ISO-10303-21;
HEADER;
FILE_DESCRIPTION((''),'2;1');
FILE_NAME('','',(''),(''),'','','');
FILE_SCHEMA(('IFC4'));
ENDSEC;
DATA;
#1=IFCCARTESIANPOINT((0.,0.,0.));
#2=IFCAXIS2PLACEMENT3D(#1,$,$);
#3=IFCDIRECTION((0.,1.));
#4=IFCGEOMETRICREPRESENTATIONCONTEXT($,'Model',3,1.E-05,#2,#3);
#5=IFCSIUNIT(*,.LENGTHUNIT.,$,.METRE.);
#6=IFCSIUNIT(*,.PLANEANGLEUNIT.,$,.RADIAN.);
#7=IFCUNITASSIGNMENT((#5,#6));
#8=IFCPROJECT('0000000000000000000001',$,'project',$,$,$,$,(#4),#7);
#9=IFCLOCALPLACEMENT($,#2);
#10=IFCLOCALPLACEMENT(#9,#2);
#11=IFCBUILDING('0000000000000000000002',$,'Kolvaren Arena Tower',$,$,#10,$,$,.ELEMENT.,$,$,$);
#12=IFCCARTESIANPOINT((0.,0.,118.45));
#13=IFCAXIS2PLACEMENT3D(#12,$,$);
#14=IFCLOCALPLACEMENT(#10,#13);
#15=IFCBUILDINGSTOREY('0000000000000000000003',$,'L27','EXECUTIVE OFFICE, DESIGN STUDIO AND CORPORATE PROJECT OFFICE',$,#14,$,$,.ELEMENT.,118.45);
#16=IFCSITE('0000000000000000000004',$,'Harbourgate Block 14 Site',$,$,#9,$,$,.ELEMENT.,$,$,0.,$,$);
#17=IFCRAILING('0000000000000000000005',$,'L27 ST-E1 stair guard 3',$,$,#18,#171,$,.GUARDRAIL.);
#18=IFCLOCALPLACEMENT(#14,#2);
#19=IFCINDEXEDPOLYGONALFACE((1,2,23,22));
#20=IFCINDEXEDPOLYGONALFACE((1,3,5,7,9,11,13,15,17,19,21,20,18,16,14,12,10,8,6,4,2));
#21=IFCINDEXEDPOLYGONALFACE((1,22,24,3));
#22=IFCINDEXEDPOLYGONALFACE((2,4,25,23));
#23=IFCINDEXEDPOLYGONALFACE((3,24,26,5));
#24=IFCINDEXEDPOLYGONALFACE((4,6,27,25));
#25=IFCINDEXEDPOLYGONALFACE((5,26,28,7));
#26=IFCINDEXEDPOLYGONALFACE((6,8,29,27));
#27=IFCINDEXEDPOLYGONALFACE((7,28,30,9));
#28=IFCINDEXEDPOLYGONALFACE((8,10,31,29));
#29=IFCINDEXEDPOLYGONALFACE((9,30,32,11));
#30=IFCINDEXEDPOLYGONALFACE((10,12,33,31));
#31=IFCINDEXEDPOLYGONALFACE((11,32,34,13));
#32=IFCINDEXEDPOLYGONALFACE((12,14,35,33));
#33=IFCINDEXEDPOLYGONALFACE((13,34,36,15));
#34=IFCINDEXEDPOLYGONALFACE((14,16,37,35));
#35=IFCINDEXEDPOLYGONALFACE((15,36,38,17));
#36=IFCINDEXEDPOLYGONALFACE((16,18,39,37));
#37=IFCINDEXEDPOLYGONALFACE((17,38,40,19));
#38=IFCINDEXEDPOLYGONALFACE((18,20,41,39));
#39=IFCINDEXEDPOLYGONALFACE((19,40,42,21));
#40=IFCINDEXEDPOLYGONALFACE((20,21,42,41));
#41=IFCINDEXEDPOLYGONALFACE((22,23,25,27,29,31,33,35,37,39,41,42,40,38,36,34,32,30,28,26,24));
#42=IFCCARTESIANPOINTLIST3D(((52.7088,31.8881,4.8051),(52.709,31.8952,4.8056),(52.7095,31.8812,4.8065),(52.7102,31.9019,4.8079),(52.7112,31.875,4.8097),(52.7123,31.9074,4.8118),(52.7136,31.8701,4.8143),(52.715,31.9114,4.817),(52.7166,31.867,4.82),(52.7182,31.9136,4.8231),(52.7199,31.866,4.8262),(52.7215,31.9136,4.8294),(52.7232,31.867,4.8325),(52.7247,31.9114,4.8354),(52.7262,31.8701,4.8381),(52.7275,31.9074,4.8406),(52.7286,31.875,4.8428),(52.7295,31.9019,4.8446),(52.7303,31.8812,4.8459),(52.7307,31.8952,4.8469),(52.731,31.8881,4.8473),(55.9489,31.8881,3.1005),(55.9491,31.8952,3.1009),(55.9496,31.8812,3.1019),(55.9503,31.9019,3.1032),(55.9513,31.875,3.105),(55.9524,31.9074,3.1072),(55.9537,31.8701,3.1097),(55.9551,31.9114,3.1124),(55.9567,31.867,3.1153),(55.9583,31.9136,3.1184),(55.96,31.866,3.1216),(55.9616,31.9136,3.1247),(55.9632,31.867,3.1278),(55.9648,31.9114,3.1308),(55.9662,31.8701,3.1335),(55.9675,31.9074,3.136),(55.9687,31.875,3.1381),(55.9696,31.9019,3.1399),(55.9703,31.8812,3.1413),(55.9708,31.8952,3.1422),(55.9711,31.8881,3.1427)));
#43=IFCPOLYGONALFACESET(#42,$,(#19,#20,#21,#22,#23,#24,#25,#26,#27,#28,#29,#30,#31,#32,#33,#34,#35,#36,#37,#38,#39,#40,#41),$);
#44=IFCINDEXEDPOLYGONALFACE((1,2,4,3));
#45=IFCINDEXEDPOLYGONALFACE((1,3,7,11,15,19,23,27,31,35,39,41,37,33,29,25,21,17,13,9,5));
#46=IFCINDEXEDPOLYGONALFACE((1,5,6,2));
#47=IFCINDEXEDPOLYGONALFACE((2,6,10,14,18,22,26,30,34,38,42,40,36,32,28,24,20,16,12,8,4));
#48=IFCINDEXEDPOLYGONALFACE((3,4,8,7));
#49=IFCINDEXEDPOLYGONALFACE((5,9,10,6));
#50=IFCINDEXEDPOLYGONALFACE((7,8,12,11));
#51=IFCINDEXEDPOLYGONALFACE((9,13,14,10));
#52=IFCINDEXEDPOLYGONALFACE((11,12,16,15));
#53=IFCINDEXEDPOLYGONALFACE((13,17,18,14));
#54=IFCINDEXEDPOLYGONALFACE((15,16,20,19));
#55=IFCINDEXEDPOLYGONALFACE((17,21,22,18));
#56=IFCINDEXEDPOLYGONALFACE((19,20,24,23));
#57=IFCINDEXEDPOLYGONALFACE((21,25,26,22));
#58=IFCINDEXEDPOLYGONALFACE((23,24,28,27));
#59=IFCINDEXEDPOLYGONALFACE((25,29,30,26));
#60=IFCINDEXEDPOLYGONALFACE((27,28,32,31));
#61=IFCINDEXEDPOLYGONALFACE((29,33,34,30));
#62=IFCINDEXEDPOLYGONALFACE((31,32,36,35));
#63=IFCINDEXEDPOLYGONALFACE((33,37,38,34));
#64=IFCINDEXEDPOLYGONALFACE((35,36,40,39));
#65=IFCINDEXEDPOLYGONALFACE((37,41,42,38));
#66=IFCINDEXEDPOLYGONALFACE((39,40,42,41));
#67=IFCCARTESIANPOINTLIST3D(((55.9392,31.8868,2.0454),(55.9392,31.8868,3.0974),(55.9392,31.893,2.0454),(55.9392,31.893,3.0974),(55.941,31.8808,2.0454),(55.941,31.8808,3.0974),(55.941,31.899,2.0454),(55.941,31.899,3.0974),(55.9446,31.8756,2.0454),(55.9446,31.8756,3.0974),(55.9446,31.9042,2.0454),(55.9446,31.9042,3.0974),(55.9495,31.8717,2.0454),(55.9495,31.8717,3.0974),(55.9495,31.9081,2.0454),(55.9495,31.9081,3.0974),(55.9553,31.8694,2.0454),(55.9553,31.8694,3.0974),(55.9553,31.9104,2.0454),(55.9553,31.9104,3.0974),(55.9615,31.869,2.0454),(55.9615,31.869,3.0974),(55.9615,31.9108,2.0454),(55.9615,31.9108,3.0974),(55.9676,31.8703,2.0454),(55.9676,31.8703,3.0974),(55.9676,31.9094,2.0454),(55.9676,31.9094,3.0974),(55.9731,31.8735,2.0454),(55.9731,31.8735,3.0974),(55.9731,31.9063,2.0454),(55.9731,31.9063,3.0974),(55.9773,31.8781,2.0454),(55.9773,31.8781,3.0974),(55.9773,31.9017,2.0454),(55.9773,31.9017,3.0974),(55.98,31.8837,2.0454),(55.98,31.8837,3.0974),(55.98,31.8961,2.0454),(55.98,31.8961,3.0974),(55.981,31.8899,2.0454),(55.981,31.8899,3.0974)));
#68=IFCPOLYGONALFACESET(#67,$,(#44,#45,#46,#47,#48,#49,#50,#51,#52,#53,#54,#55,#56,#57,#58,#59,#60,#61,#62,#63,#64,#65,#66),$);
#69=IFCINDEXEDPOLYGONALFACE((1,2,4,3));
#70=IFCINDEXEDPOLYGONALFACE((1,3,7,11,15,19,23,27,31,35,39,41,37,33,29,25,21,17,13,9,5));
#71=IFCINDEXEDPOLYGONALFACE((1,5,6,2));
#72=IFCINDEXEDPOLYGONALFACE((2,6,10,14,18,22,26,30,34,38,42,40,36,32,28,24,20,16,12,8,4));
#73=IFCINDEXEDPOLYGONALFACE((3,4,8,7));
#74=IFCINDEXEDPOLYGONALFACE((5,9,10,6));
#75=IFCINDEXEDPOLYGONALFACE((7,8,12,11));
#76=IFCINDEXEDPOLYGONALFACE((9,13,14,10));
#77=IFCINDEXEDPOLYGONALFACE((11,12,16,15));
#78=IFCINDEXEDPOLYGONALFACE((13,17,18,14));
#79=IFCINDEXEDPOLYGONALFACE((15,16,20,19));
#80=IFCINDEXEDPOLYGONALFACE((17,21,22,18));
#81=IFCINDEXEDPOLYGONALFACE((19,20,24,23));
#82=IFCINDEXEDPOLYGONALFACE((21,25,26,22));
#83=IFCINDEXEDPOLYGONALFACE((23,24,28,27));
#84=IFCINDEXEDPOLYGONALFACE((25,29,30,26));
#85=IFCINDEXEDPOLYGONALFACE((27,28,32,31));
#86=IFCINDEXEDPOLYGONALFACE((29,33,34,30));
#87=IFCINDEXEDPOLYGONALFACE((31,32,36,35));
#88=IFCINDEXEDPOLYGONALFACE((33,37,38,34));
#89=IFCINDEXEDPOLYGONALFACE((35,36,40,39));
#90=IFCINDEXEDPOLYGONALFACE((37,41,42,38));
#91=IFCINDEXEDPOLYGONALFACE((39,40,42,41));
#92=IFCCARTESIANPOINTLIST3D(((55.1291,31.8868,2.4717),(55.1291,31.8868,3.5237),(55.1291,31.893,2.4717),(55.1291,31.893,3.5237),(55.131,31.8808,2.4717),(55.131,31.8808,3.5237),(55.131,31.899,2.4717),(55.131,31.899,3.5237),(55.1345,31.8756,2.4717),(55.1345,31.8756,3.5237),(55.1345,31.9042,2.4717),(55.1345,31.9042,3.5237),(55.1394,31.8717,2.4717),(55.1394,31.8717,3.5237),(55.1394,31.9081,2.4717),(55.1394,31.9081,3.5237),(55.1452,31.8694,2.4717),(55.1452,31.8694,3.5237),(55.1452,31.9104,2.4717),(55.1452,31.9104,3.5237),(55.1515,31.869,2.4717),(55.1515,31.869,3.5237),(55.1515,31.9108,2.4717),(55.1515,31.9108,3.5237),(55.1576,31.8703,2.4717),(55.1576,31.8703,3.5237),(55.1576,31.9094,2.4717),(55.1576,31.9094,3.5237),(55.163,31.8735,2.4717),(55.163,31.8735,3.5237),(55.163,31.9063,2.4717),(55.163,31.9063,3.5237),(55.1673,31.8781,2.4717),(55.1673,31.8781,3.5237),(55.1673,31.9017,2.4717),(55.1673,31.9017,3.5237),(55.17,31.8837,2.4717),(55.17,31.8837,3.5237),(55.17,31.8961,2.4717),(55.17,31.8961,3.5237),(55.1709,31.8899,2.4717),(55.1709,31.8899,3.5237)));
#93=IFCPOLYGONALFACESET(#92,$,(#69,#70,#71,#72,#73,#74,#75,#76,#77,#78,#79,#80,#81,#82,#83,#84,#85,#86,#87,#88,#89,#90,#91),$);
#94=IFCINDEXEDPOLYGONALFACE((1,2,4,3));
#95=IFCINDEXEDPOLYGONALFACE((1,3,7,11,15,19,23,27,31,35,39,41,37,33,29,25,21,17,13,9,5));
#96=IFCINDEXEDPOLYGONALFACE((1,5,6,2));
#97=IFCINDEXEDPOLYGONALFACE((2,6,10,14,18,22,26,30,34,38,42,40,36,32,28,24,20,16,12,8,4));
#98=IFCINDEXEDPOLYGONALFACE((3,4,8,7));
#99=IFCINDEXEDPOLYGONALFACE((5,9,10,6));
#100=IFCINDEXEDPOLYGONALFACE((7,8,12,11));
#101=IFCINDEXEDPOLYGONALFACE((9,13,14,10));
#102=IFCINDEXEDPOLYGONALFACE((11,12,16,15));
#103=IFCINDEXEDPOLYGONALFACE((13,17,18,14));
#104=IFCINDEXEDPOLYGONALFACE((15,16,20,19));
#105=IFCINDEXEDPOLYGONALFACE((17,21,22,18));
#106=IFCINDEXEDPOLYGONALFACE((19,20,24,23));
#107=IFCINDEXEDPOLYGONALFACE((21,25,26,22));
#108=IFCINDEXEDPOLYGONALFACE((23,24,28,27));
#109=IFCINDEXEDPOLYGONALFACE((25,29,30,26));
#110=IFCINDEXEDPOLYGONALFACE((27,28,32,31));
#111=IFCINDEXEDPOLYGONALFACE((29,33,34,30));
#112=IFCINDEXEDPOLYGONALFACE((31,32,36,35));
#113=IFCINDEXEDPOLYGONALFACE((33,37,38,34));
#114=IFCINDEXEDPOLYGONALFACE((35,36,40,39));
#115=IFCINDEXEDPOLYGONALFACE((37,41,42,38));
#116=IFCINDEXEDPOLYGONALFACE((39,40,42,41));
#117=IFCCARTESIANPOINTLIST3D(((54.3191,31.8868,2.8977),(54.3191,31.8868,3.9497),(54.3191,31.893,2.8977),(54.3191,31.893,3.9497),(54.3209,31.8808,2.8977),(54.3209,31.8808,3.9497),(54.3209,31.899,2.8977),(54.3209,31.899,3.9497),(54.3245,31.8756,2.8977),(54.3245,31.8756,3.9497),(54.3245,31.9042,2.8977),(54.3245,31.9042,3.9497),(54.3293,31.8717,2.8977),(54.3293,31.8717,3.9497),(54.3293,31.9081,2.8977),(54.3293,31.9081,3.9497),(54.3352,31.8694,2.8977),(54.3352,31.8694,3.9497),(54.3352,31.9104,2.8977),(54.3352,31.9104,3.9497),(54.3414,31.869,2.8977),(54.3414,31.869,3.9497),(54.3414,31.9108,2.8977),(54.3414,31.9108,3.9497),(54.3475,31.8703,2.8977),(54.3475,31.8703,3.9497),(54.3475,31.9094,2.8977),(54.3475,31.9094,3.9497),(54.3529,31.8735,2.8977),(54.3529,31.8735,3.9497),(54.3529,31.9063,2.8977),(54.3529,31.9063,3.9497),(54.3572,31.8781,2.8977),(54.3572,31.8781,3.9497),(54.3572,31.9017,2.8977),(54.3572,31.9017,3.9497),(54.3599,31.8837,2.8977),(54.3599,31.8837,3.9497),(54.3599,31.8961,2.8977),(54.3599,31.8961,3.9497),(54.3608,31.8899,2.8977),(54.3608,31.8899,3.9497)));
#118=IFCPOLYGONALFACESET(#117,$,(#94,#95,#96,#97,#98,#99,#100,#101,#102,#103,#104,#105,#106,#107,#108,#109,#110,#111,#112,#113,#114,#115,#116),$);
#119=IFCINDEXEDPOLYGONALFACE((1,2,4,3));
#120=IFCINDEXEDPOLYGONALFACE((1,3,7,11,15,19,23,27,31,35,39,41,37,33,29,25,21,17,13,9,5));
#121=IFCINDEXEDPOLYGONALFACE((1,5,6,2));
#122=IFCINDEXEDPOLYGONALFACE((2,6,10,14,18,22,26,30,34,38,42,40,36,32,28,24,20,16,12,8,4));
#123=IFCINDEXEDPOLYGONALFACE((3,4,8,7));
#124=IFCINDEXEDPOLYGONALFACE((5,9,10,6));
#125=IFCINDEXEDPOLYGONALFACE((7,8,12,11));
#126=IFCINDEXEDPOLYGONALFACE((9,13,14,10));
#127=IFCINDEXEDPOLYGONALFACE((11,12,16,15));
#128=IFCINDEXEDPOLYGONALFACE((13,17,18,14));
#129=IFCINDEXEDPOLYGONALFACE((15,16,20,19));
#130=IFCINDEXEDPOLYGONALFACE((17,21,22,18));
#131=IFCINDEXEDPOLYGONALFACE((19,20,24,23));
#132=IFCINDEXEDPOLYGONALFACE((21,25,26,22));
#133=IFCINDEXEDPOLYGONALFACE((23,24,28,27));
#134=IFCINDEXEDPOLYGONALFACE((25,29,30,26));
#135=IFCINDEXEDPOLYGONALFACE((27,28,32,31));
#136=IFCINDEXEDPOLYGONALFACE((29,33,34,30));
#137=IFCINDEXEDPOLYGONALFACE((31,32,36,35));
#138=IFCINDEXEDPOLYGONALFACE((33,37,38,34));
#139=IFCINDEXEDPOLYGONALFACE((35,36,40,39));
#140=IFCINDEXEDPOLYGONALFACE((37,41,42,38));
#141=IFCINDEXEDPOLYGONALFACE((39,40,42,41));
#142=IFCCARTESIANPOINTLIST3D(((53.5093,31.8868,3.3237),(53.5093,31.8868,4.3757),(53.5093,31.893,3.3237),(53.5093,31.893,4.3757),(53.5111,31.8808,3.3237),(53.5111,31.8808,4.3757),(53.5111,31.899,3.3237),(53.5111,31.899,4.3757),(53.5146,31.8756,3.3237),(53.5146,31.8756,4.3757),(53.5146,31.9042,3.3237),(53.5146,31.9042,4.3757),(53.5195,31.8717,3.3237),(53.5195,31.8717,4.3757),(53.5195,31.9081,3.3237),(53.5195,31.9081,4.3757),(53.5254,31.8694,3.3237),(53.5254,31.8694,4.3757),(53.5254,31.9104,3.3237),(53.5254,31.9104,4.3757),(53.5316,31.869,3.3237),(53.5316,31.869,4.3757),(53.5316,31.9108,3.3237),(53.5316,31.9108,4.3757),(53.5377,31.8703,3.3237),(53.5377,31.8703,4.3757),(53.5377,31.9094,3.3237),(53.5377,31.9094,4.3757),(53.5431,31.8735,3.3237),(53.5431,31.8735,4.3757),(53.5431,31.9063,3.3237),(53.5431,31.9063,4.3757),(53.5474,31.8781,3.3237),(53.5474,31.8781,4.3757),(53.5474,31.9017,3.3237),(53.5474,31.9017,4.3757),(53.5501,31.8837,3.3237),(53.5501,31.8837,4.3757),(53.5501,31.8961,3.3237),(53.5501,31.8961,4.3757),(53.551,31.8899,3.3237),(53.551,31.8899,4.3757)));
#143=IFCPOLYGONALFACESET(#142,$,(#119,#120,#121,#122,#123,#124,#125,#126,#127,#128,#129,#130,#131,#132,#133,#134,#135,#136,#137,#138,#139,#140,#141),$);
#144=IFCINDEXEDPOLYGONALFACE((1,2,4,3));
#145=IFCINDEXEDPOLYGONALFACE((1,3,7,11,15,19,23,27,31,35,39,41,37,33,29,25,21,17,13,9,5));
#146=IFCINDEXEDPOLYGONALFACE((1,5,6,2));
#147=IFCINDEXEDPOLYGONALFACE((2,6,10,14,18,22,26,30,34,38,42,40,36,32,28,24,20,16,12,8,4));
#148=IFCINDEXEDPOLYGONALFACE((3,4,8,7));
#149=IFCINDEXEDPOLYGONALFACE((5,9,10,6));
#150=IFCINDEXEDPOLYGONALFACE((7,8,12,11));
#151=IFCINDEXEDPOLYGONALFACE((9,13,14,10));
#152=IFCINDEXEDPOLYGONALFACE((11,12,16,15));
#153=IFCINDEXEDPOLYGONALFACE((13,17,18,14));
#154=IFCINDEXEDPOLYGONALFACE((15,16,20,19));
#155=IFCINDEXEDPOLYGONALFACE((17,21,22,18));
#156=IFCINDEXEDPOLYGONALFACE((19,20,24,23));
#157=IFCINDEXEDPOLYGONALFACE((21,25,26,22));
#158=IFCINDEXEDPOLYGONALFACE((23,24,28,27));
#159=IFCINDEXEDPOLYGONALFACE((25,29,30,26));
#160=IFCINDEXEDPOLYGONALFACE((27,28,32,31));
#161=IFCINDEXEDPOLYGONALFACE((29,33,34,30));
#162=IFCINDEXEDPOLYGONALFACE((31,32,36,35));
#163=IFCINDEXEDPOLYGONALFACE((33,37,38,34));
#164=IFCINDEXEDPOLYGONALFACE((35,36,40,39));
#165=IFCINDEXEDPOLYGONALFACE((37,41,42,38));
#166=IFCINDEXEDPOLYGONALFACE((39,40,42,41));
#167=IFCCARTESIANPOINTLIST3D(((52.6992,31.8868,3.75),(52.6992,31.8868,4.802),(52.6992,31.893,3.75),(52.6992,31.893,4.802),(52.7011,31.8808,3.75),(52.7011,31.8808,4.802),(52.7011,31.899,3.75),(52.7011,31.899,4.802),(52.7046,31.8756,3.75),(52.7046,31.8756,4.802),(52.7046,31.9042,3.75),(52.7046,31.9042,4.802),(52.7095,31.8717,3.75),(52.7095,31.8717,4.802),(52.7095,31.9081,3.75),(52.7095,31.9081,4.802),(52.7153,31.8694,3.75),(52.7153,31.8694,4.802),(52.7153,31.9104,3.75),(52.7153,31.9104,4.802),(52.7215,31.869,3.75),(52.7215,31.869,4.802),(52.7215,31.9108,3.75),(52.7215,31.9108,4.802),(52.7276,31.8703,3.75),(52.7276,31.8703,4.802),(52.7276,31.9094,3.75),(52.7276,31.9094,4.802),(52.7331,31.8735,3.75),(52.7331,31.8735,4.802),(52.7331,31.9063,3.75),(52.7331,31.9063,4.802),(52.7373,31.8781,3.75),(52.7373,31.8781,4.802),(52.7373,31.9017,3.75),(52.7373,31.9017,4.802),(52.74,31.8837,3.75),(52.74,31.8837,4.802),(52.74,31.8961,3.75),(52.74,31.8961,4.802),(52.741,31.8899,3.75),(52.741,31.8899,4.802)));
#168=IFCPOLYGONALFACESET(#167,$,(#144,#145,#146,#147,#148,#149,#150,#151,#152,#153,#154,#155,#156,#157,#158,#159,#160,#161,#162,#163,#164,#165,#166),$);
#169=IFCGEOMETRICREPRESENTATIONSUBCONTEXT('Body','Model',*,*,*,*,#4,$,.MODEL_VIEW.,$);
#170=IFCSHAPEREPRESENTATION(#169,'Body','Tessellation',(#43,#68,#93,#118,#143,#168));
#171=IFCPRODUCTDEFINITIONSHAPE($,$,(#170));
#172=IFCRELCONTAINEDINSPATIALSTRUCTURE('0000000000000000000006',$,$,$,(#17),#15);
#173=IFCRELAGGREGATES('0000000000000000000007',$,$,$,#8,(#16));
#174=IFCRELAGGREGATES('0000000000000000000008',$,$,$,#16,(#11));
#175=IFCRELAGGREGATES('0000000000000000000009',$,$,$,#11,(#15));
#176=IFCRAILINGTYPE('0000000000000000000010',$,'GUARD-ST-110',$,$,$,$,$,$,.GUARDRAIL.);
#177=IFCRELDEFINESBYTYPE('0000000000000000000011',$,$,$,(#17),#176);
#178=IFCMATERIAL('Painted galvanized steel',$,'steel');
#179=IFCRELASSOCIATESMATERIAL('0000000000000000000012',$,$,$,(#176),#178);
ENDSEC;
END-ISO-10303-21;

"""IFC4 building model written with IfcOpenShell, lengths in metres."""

from ifc_helpers import new_model, si_unit, direction, frame, origin, origin_2d, place, context, subcontext, project, spatial, circle, extrude, material, type_object, element, save


model = new_model("IFC4")

# Units and contexts
model_context = context("Model", 3, precision=1e-05, world=origin(), true_north=direction((0.0, 1.0)))
body_context = subcontext(model_context, "Body", "Model", "MODEL_VIEW")
ifc_project = project(units=[si_unit("LENGTHUNIT", "METRE"), si_unit("PLANEANGLEUNIT", "RADIAN")], contexts=[model_context])

# Site, building, storey
site_placement = place(None, origin())
site = spatial("IfcSite", under=ifc_project, at=site_placement, Name="Harbourgate Block 14 Site", CompositionType="ELEMENT", RefElevation=0.0)
building_placement = place(site_placement, origin())
building = spatial("IfcBuilding", under=site, at=building_placement, Name="Kolvaren Arena Tower", CompositionType="ELEMENT")
storey_placement = place(building_placement, frame((0.0, 0.0, 118.45)))
storey = spatial("IfcBuildingStorey", under=building, at=storey_placement, Name="L27", Description="EXECUTIVE OFFICE, DESIGN STUDIO AND CORPORATE PROJECT OFFICE", CompositionType="ELEMENT", Elevation=118.45)

# Railing
ifc_material_1 = material(Name="Painted galvanized steel", Category="steel")
railing_type_1 = type_object("IfcRailingType", Name="GUARD-ST-110", PredefinedType="GUARDRAIL", material=ifc_material_1)
railing_1_placement = place(storey_placement, frame((55.96, 31.8899, 2.0454)))
element("IfcRailing", 1, at=railing_1_placement, inside=storey, type_object=railing_type_1, Name="L27 ST-E1 stair guard 3", PredefinedType="GUARDRAIL", context=body_context, shape_type="SweptSolid", body=[
    extrude(circle(Radius=0.0239, at=origin_2d()), frame((0.0, 0.0, 1.0762), z_axis=(-0.884993, 0.0, 0.465604), x_axis=(0.0, -1.0, 0.0)), (0.0, 0.0, 1.0), 3.6611),
    extrude(circle(Radius=0.021, at=origin_2d()), origin(), (0.0, 0.0, 1.0), 1.052),
    extrude(circle(Radius=0.021, at=origin_2d()), frame((-0.8101, 0.0, 0.4263)), (0.0, 0.0, 1.0), 1.052),
    extrude(circle(Radius=0.021, at=origin_2d()), frame((-1.6201, 0.0, 0.8523)), (0.0, 0.0, 1.0), 1.052),
    extrude(circle(Radius=0.021, at=origin_2d()), frame((-2.4299, 0.0, 1.2783)), (0.0, 0.0, 1.0), 1.052),
    extrude(circle(Radius=0.021, at=origin_2d()), frame((-3.24, 0.0, 1.7046)), (0.0, 0.0, 1.0), 1.052),
])

save(model, "model.ifc")
